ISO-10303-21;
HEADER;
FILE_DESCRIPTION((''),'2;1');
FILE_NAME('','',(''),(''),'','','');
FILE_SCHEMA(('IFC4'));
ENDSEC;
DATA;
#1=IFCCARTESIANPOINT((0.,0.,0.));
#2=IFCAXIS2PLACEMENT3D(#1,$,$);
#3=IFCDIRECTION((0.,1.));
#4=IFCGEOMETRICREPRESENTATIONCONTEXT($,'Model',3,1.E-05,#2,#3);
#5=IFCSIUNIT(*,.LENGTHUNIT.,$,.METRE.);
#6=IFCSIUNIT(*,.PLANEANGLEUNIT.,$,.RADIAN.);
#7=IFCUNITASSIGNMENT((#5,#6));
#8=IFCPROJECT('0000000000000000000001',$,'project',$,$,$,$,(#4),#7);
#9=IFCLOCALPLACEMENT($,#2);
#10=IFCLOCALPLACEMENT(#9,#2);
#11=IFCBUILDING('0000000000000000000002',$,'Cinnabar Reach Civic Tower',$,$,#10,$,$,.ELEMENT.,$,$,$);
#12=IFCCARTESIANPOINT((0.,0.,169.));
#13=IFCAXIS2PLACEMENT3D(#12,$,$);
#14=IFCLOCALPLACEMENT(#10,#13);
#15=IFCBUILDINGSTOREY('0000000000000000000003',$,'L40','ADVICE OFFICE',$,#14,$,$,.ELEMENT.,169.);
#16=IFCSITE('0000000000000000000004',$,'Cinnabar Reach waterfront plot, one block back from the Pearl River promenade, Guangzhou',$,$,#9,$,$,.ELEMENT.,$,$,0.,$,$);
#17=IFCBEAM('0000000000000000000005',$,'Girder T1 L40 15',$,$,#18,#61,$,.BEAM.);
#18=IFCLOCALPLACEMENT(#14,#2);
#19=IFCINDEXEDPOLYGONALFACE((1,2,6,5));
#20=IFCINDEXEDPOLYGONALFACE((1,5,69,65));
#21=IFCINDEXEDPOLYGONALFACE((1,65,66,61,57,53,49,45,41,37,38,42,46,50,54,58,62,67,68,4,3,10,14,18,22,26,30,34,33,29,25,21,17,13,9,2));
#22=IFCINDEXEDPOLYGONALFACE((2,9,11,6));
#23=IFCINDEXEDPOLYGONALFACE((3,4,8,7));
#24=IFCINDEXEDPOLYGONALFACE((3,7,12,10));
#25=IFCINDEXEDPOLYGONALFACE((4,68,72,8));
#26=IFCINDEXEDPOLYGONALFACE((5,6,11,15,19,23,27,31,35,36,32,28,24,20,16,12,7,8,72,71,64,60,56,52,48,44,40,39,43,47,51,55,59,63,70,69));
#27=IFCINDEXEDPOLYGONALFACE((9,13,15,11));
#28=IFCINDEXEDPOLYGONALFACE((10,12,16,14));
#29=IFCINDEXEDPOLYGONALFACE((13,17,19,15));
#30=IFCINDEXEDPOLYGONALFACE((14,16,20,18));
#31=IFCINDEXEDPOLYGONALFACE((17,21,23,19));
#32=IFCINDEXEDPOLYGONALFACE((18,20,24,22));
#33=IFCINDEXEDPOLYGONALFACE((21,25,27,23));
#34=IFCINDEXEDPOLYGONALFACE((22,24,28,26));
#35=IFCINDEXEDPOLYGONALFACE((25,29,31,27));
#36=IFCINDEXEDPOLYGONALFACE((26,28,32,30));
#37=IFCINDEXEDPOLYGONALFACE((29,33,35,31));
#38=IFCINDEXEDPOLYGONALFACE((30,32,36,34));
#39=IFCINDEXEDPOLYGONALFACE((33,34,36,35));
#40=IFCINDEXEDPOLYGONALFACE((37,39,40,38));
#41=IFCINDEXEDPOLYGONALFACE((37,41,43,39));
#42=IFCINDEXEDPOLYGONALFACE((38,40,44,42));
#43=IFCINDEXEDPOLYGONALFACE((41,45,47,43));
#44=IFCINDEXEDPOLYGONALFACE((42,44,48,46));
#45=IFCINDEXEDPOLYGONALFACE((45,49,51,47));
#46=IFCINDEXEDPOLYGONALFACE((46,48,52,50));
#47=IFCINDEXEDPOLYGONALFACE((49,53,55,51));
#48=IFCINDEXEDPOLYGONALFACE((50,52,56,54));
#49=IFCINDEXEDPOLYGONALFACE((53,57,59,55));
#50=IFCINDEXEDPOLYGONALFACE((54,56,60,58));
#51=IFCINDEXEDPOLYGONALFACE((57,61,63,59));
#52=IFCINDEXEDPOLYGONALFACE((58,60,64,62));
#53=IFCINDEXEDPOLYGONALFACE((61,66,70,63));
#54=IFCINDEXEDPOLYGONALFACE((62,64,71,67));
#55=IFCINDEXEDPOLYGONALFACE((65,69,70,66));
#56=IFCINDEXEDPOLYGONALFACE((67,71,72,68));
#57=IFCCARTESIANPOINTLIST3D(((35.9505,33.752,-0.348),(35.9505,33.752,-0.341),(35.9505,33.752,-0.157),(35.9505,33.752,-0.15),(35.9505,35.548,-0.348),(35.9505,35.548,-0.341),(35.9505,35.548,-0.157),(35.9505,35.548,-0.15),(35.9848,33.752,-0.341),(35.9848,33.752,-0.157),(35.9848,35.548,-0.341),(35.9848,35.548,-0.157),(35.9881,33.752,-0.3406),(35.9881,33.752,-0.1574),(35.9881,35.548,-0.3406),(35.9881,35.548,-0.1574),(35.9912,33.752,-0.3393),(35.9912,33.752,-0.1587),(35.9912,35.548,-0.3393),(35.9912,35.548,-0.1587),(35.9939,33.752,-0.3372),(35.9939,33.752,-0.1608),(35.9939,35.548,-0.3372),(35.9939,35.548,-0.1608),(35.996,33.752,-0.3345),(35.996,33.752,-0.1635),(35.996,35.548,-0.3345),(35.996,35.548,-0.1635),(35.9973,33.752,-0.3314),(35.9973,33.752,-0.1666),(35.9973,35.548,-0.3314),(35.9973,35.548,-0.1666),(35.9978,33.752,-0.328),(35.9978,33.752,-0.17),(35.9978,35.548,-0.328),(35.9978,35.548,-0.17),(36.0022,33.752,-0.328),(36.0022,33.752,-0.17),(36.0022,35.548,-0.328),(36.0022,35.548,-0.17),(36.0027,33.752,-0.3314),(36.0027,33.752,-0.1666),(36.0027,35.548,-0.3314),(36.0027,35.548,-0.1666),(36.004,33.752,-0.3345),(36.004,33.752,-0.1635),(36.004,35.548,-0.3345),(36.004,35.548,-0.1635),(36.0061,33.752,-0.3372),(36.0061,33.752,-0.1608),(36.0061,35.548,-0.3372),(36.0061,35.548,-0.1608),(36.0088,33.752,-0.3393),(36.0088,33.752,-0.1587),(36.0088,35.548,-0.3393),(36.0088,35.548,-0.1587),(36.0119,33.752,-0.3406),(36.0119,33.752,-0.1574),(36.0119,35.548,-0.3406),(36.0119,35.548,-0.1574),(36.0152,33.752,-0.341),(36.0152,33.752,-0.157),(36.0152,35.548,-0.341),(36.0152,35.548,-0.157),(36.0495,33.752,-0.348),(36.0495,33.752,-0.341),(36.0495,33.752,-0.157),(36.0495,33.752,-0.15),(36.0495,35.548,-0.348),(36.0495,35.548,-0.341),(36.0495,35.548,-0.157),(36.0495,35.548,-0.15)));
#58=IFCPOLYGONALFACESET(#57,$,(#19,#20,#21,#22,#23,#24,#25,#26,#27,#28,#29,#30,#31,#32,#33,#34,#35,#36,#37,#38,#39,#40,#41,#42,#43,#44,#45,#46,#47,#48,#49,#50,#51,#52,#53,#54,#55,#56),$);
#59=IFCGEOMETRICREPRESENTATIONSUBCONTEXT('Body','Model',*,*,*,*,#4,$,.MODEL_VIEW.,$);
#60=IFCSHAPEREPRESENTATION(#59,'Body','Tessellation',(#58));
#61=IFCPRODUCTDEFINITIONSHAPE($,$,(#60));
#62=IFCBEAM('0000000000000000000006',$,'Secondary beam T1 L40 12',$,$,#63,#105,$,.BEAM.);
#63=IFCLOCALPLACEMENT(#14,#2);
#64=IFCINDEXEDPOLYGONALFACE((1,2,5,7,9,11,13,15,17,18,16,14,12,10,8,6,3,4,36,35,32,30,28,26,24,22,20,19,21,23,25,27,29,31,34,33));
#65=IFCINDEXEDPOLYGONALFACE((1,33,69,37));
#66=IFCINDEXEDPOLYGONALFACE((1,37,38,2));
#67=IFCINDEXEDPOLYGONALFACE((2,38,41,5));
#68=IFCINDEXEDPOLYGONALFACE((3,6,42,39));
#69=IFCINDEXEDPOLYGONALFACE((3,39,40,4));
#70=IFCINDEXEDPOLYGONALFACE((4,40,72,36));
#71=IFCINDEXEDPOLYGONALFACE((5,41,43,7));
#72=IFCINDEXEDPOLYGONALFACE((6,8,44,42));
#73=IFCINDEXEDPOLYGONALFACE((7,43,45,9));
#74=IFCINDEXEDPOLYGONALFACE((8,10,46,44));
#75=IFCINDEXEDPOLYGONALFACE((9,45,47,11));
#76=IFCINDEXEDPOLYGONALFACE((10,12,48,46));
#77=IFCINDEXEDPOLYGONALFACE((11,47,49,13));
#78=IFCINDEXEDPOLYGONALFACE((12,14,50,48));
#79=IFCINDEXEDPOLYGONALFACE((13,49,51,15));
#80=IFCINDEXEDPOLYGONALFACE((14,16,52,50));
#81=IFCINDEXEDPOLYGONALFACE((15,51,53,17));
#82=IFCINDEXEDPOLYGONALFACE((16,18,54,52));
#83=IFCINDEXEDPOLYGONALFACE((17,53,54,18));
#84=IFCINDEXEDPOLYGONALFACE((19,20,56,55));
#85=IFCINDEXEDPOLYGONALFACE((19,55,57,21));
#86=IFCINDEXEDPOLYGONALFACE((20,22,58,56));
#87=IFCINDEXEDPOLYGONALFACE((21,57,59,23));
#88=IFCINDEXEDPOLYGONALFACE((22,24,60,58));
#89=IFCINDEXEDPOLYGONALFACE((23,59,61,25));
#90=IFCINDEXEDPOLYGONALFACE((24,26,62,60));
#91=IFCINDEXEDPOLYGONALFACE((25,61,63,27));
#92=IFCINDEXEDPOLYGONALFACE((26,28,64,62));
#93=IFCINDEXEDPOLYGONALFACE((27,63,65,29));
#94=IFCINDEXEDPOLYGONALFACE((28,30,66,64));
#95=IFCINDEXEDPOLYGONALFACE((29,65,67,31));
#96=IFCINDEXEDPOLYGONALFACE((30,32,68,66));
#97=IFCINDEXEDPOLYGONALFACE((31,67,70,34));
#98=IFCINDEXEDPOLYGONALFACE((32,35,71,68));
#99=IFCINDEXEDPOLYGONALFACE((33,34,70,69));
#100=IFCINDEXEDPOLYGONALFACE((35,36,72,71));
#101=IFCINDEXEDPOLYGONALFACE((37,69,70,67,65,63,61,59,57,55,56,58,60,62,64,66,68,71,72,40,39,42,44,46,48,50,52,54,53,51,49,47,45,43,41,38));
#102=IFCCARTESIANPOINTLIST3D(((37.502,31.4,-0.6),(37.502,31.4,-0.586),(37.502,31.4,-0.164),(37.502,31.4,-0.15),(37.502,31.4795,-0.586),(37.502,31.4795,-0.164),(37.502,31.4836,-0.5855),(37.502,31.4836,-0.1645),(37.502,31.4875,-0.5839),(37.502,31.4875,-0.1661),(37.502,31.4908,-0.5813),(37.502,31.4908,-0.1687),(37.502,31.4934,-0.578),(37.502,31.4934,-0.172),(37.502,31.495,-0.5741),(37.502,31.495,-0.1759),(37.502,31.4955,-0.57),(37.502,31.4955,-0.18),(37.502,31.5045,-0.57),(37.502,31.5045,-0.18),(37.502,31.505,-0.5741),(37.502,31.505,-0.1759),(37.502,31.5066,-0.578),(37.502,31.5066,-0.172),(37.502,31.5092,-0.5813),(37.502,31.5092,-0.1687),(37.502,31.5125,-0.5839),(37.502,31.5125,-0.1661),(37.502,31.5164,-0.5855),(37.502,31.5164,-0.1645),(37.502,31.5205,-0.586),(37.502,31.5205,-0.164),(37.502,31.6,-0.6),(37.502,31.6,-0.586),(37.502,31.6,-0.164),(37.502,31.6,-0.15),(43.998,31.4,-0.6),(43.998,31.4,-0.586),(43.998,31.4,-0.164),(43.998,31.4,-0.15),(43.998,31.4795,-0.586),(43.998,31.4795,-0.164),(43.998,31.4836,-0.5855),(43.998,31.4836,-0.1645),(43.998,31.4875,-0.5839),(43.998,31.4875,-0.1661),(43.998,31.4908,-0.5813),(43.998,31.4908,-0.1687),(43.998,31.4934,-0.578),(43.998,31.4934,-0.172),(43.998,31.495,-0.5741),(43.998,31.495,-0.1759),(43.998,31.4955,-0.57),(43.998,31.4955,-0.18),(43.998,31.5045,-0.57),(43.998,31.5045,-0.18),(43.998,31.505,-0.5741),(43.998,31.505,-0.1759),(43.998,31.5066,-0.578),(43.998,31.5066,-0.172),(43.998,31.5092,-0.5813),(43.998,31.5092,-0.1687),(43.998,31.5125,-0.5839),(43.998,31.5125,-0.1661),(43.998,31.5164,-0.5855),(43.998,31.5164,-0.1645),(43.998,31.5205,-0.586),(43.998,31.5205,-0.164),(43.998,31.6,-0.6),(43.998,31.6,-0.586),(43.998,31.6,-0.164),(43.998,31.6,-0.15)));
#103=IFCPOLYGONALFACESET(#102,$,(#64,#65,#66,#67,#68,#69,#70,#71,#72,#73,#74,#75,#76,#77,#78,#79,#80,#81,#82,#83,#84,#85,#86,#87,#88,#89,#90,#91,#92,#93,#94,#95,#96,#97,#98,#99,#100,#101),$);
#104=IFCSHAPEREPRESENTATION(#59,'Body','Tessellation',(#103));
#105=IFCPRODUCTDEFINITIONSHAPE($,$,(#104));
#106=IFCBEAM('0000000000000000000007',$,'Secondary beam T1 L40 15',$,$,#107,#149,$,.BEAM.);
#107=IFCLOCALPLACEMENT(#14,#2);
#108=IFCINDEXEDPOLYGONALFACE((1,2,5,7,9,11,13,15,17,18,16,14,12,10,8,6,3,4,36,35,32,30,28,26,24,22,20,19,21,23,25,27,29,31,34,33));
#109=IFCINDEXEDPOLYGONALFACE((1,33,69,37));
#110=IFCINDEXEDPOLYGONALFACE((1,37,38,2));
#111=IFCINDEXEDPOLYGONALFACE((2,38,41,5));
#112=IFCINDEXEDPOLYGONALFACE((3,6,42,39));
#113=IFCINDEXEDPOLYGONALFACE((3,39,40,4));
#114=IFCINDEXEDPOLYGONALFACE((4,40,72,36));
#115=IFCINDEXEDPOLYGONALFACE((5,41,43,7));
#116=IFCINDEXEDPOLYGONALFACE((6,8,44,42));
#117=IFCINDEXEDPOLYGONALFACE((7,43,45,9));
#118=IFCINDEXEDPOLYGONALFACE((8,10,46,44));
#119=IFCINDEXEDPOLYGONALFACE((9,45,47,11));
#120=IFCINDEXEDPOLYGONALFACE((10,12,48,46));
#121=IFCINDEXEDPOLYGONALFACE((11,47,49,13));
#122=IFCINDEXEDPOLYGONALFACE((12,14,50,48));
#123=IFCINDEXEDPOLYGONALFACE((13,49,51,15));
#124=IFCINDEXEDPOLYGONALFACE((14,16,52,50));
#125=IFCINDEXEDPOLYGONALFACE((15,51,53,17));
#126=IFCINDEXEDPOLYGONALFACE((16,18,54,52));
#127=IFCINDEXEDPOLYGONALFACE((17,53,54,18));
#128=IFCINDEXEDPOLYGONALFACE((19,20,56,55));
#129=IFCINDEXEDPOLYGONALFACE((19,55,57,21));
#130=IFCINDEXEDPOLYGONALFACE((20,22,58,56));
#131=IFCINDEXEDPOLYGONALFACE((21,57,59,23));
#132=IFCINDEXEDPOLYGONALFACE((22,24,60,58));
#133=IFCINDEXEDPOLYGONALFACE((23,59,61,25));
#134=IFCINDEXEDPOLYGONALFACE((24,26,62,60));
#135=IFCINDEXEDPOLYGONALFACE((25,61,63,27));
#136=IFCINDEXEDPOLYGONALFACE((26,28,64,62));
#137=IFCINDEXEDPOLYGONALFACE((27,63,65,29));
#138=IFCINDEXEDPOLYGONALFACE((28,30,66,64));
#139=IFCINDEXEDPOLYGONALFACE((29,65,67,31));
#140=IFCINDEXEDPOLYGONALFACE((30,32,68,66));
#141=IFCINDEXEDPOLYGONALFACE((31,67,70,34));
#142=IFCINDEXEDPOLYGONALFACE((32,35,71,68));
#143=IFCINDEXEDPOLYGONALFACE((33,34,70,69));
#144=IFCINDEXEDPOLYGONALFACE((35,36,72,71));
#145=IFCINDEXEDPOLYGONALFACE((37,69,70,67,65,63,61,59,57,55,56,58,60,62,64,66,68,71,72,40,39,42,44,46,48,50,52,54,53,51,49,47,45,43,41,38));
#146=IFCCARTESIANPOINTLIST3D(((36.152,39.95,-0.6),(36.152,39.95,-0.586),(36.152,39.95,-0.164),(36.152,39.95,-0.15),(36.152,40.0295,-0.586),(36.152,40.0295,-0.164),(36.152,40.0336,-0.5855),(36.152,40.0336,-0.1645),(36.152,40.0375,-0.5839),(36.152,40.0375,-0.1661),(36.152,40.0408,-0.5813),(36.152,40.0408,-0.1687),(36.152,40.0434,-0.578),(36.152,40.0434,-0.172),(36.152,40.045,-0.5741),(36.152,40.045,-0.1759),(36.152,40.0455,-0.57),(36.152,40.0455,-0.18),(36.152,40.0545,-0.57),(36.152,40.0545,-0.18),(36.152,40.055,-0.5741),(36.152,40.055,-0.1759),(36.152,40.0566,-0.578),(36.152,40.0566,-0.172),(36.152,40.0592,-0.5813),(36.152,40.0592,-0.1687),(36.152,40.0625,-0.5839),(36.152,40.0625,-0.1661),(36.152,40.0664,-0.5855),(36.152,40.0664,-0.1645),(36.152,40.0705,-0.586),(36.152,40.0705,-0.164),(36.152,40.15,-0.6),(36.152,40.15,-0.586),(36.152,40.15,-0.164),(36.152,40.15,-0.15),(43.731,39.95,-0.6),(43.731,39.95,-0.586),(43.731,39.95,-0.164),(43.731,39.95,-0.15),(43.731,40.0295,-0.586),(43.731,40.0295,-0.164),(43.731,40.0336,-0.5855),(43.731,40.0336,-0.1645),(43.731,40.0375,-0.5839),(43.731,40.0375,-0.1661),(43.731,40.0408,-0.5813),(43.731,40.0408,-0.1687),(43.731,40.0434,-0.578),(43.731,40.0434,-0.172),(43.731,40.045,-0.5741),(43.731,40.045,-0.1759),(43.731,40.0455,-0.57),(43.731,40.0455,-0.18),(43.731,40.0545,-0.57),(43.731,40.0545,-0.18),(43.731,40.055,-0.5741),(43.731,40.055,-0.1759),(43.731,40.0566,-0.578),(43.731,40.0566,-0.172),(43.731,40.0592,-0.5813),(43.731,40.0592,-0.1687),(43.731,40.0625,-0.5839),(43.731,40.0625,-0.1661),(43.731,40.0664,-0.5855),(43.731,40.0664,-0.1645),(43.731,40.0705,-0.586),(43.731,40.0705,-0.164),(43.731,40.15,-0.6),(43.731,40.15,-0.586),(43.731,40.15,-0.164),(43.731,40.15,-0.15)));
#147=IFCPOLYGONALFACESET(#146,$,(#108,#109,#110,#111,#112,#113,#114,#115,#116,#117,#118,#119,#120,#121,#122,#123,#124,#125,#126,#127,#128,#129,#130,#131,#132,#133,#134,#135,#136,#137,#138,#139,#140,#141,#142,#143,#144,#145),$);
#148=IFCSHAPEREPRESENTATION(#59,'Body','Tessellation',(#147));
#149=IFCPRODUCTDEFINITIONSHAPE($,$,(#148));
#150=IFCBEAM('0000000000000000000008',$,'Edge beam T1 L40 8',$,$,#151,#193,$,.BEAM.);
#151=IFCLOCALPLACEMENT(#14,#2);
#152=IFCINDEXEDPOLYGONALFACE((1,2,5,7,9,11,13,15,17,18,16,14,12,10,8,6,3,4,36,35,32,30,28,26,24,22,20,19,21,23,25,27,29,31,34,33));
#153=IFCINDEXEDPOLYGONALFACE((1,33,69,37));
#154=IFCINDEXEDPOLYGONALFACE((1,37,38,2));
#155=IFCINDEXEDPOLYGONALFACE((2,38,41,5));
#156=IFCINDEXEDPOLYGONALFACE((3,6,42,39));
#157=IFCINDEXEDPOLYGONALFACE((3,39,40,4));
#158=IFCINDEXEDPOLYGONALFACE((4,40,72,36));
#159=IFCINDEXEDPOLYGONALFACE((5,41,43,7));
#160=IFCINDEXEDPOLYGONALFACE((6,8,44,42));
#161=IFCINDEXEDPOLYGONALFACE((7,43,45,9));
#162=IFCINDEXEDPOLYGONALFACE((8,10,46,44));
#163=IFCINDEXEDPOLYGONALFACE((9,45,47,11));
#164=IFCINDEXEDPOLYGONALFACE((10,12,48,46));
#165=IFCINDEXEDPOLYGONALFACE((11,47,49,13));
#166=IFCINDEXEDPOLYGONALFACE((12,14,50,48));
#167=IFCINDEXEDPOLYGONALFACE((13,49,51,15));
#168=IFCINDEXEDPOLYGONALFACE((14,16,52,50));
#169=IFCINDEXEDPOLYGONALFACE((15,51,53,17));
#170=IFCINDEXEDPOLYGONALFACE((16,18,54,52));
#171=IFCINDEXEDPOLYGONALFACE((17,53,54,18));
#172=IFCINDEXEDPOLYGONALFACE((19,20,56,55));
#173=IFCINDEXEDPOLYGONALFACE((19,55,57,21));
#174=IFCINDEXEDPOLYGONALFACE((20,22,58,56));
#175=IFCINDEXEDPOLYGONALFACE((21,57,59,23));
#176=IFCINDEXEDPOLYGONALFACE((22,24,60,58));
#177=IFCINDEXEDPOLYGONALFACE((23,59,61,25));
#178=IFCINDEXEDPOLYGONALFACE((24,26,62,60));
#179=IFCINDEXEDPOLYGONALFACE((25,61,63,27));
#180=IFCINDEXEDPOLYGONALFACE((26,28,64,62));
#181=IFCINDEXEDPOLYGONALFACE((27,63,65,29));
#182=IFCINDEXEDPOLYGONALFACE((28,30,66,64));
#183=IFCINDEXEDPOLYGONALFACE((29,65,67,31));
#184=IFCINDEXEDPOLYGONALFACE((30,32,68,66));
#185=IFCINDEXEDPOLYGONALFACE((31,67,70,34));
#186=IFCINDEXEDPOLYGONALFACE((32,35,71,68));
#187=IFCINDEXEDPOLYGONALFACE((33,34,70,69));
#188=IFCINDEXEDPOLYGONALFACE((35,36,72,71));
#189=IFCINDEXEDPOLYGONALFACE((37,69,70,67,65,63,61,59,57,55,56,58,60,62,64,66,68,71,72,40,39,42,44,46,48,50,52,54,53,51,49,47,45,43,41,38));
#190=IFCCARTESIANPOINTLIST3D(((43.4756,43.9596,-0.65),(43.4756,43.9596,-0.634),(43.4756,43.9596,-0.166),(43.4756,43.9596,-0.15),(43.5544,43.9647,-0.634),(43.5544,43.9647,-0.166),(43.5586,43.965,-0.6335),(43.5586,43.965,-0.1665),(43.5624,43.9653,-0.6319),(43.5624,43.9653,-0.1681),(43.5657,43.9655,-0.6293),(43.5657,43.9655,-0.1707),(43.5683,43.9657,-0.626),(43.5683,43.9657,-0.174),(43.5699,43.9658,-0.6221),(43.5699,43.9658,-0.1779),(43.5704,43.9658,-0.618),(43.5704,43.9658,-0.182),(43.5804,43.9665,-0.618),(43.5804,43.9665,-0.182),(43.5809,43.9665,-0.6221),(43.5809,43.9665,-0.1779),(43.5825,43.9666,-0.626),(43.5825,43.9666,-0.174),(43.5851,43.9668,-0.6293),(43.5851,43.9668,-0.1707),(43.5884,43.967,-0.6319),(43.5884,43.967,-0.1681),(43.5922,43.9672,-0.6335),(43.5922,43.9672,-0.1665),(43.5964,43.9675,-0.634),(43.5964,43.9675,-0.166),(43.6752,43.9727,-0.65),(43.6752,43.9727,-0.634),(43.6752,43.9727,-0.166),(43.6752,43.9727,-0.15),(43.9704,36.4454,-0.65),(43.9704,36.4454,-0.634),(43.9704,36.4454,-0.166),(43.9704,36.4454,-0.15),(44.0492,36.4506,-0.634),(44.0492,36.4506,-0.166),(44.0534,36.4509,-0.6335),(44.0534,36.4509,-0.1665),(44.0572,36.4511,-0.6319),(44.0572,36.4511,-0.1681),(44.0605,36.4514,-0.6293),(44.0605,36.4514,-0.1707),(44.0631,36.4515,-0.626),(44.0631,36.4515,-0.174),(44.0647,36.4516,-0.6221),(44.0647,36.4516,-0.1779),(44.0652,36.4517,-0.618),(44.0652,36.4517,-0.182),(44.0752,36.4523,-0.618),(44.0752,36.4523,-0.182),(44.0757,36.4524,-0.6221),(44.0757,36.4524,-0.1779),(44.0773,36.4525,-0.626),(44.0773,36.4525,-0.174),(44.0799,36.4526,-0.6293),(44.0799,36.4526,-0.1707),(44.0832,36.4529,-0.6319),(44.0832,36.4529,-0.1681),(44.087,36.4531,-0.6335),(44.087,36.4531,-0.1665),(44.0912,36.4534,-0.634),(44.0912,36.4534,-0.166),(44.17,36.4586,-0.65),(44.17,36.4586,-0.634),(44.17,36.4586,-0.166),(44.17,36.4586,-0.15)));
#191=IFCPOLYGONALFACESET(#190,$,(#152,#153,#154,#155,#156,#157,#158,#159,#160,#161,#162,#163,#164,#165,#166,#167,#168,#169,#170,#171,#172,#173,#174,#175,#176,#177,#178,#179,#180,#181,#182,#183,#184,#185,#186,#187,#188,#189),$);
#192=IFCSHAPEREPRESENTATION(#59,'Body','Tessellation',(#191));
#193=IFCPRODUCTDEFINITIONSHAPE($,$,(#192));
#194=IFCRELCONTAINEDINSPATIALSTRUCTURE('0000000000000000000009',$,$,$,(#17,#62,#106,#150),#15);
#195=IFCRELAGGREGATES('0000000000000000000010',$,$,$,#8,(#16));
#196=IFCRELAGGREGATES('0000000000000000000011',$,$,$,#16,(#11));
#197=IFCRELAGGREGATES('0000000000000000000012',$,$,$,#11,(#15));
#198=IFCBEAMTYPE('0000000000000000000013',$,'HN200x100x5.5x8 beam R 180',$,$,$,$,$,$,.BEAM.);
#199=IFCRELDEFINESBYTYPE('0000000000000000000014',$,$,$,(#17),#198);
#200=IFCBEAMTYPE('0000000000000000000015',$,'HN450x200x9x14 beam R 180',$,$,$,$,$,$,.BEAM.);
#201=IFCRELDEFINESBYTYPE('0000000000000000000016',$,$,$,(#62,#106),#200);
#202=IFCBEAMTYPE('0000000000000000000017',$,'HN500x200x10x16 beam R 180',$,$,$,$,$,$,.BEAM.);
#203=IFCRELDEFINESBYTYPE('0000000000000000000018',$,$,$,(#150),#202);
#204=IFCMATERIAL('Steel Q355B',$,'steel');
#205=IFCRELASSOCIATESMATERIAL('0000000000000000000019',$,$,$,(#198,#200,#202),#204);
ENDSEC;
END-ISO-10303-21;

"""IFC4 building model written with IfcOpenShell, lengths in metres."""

from ifc_helpers import new_model, si_unit, direction, frame, origin, origin_2d, place, context, subcontext, project, spatial, i_section, extrude, material, material_profile, profile_set, type_object, element, save


model = new_model("IFC4")

# Units and contexts
model_context = context("Model", 3, precision=1e-05, world=origin(), true_north=direction((0.0, 1.0)))
body_context = subcontext(model_context, "Body", "Model", "MODEL_VIEW")
ifc_project = project(units=[si_unit("LENGTHUNIT", "METRE"), si_unit("PLANEANGLEUNIT", "RADIAN")], contexts=[model_context])

# Site, building, storey
site_placement = place(None, origin())
site = spatial("IfcSite", under=ifc_project, at=site_placement, Name="Cinnabar Reach waterfront plot, one block back from the Pearl River promenade, Guangzhou", CompositionType="ELEMENT", RefElevation=0.0)
building_placement = place(site_placement, origin())
building = spatial("IfcBuilding", under=site, at=building_placement, Name="Cinnabar Reach Civic Tower", CompositionType="ELEMENT")
storey_placement = place(building_placement, frame((0.0, 0.0, 169.0)))
storey = spatial("IfcBuildingStorey", under=building, at=storey_placement, Name="L40", Description="ADVICE OFFICE", CompositionType="ELEMENT", Elevation=169.0)

# Beams
ifc_material_1 = material(Name="Steel Q355B", Category="steel")
ifc_material_profile_1 = material_profile(ifc_material_1, i_section(OverallWidth=0.099, OverallDepth=0.198, WebThickness=0.0045, FlangeThickness=0.007, FilletRadius=0.013, at=origin_2d()), Name="HN200x100x5.5x8")
ifc_profile_set_1 = profile_set([ifc_material_profile_1], Name="Steel Q355B")
beam_type_1 = type_object("IfcBeamType", Name="HN200x100x5.5x8 beam R 180", PredefinedType="BEAM", material=ifc_profile_set_1)
beam_1_placement = place(storey_placement, frame((36.0, 33.752, -0.249), z_axis=(0.0, 1.0, 0.0), x_axis=(-1.0, 0.0, 0.0)))
element("IfcBeam", 1, at=beam_1_placement, inside=storey, type_object=beam_type_1, Name="Girder T1 L40 15", PredefinedType="BEAM", context=body_context, shape_type="SweptSolid", body=[
    extrude(i_section(OverallWidth=0.099, OverallDepth=0.198, WebThickness=0.0045, FlangeThickness=0.007, FilletRadius=0.013, at=origin_2d()), origin(), (0.0, 0.0, 1.0), 1.796),
])
ifc_material_profile_2 = material_profile(ifc_material_1, i_section(OverallWidth=0.2, OverallDepth=0.45, WebThickness=0.009, FlangeThickness=0.014, FilletRadius=0.016, at=origin_2d()), Name="HN450x200x9x14")
ifc_profile_set_2 = profile_set([ifc_material_profile_2], Name="Steel Q355B")
beam_type_2 = type_object("IfcBeamType", Name="HN450x200x9x14 beam R 180", PredefinedType="BEAM", material=ifc_profile_set_2)
beam_2_placement = place(storey_placement, frame((37.502, 31.5, -0.375), z_axis=(1.0, 0.0, 0.0), x_axis=(0.0, 1.0, 0.0)))
element("IfcBeam", 2, at=beam_2_placement, inside=storey, type_object=beam_type_2, Name="Secondary beam T1 L40 12", PredefinedType="BEAM", context=body_context, shape_type="SweptSolid", body=[
    extrude(i_section(OverallWidth=0.2, OverallDepth=0.45, WebThickness=0.009, FlangeThickness=0.014, FilletRadius=0.016, at=origin_2d()), origin(), (0.0, 0.0, 1.0), 6.496),
])
beam_3_placement = place(storey_placement, frame((36.152, 40.05, -0.375), z_axis=(1.0, 0.0, 0.0), x_axis=(0.0, 1.0, 0.0)))
element("IfcBeam", 3, at=beam_3_placement, inside=storey, type_object=beam_type_2, Name="Secondary beam T1 L40 15", PredefinedType="BEAM", context=body_context, shape_type="SweptSolid", body=[
    extrude(i_section(OverallWidth=0.2, OverallDepth=0.45, WebThickness=0.009, FlangeThickness=0.014, FilletRadius=0.016, at=origin_2d()), origin(), (0.0, 0.0, 1.0), 7.579),
])
ifc_material_profile_3 = material_profile(ifc_material_1, i_section(OverallWidth=0.2, OverallDepth=0.5, WebThickness=0.01, FlangeThickness=0.016, FilletRadius=0.016, at=origin_2d()), Name="HN500x200x10x16")
ifc_profile_set_3 = profile_set([ifc_material_profile_3], Name="Steel Q355B")
beam_type_3 = type_object("IfcBeamType", Name="HN500x200x10x16 beam R 180", PredefinedType="BEAM", material=ifc_profile_set_3)
beam_4_placement = place(storey_placement, frame((44.0702, 36.452, -0.4), z_axis=(-0.065707, 0.997839, 0.0), x_axis=(-0.997839, -0.065707, 0.0)))
element("IfcBeam", 4, at=beam_4_placement, inside=storey, type_object=beam_type_3, Name="Edge beam T1 L40 8", PredefinedType="BEAM", context=body_context, shape_type="SweptSolid", body=[
    extrude(i_section(OverallWidth=0.2, OverallDepth=0.5, WebThickness=0.01, FlangeThickness=0.016, FilletRadius=0.016, at=origin_2d()), origin(), (0.0, 0.0, 1.0), 7.5304),
])

save(model, "model.ifc")
